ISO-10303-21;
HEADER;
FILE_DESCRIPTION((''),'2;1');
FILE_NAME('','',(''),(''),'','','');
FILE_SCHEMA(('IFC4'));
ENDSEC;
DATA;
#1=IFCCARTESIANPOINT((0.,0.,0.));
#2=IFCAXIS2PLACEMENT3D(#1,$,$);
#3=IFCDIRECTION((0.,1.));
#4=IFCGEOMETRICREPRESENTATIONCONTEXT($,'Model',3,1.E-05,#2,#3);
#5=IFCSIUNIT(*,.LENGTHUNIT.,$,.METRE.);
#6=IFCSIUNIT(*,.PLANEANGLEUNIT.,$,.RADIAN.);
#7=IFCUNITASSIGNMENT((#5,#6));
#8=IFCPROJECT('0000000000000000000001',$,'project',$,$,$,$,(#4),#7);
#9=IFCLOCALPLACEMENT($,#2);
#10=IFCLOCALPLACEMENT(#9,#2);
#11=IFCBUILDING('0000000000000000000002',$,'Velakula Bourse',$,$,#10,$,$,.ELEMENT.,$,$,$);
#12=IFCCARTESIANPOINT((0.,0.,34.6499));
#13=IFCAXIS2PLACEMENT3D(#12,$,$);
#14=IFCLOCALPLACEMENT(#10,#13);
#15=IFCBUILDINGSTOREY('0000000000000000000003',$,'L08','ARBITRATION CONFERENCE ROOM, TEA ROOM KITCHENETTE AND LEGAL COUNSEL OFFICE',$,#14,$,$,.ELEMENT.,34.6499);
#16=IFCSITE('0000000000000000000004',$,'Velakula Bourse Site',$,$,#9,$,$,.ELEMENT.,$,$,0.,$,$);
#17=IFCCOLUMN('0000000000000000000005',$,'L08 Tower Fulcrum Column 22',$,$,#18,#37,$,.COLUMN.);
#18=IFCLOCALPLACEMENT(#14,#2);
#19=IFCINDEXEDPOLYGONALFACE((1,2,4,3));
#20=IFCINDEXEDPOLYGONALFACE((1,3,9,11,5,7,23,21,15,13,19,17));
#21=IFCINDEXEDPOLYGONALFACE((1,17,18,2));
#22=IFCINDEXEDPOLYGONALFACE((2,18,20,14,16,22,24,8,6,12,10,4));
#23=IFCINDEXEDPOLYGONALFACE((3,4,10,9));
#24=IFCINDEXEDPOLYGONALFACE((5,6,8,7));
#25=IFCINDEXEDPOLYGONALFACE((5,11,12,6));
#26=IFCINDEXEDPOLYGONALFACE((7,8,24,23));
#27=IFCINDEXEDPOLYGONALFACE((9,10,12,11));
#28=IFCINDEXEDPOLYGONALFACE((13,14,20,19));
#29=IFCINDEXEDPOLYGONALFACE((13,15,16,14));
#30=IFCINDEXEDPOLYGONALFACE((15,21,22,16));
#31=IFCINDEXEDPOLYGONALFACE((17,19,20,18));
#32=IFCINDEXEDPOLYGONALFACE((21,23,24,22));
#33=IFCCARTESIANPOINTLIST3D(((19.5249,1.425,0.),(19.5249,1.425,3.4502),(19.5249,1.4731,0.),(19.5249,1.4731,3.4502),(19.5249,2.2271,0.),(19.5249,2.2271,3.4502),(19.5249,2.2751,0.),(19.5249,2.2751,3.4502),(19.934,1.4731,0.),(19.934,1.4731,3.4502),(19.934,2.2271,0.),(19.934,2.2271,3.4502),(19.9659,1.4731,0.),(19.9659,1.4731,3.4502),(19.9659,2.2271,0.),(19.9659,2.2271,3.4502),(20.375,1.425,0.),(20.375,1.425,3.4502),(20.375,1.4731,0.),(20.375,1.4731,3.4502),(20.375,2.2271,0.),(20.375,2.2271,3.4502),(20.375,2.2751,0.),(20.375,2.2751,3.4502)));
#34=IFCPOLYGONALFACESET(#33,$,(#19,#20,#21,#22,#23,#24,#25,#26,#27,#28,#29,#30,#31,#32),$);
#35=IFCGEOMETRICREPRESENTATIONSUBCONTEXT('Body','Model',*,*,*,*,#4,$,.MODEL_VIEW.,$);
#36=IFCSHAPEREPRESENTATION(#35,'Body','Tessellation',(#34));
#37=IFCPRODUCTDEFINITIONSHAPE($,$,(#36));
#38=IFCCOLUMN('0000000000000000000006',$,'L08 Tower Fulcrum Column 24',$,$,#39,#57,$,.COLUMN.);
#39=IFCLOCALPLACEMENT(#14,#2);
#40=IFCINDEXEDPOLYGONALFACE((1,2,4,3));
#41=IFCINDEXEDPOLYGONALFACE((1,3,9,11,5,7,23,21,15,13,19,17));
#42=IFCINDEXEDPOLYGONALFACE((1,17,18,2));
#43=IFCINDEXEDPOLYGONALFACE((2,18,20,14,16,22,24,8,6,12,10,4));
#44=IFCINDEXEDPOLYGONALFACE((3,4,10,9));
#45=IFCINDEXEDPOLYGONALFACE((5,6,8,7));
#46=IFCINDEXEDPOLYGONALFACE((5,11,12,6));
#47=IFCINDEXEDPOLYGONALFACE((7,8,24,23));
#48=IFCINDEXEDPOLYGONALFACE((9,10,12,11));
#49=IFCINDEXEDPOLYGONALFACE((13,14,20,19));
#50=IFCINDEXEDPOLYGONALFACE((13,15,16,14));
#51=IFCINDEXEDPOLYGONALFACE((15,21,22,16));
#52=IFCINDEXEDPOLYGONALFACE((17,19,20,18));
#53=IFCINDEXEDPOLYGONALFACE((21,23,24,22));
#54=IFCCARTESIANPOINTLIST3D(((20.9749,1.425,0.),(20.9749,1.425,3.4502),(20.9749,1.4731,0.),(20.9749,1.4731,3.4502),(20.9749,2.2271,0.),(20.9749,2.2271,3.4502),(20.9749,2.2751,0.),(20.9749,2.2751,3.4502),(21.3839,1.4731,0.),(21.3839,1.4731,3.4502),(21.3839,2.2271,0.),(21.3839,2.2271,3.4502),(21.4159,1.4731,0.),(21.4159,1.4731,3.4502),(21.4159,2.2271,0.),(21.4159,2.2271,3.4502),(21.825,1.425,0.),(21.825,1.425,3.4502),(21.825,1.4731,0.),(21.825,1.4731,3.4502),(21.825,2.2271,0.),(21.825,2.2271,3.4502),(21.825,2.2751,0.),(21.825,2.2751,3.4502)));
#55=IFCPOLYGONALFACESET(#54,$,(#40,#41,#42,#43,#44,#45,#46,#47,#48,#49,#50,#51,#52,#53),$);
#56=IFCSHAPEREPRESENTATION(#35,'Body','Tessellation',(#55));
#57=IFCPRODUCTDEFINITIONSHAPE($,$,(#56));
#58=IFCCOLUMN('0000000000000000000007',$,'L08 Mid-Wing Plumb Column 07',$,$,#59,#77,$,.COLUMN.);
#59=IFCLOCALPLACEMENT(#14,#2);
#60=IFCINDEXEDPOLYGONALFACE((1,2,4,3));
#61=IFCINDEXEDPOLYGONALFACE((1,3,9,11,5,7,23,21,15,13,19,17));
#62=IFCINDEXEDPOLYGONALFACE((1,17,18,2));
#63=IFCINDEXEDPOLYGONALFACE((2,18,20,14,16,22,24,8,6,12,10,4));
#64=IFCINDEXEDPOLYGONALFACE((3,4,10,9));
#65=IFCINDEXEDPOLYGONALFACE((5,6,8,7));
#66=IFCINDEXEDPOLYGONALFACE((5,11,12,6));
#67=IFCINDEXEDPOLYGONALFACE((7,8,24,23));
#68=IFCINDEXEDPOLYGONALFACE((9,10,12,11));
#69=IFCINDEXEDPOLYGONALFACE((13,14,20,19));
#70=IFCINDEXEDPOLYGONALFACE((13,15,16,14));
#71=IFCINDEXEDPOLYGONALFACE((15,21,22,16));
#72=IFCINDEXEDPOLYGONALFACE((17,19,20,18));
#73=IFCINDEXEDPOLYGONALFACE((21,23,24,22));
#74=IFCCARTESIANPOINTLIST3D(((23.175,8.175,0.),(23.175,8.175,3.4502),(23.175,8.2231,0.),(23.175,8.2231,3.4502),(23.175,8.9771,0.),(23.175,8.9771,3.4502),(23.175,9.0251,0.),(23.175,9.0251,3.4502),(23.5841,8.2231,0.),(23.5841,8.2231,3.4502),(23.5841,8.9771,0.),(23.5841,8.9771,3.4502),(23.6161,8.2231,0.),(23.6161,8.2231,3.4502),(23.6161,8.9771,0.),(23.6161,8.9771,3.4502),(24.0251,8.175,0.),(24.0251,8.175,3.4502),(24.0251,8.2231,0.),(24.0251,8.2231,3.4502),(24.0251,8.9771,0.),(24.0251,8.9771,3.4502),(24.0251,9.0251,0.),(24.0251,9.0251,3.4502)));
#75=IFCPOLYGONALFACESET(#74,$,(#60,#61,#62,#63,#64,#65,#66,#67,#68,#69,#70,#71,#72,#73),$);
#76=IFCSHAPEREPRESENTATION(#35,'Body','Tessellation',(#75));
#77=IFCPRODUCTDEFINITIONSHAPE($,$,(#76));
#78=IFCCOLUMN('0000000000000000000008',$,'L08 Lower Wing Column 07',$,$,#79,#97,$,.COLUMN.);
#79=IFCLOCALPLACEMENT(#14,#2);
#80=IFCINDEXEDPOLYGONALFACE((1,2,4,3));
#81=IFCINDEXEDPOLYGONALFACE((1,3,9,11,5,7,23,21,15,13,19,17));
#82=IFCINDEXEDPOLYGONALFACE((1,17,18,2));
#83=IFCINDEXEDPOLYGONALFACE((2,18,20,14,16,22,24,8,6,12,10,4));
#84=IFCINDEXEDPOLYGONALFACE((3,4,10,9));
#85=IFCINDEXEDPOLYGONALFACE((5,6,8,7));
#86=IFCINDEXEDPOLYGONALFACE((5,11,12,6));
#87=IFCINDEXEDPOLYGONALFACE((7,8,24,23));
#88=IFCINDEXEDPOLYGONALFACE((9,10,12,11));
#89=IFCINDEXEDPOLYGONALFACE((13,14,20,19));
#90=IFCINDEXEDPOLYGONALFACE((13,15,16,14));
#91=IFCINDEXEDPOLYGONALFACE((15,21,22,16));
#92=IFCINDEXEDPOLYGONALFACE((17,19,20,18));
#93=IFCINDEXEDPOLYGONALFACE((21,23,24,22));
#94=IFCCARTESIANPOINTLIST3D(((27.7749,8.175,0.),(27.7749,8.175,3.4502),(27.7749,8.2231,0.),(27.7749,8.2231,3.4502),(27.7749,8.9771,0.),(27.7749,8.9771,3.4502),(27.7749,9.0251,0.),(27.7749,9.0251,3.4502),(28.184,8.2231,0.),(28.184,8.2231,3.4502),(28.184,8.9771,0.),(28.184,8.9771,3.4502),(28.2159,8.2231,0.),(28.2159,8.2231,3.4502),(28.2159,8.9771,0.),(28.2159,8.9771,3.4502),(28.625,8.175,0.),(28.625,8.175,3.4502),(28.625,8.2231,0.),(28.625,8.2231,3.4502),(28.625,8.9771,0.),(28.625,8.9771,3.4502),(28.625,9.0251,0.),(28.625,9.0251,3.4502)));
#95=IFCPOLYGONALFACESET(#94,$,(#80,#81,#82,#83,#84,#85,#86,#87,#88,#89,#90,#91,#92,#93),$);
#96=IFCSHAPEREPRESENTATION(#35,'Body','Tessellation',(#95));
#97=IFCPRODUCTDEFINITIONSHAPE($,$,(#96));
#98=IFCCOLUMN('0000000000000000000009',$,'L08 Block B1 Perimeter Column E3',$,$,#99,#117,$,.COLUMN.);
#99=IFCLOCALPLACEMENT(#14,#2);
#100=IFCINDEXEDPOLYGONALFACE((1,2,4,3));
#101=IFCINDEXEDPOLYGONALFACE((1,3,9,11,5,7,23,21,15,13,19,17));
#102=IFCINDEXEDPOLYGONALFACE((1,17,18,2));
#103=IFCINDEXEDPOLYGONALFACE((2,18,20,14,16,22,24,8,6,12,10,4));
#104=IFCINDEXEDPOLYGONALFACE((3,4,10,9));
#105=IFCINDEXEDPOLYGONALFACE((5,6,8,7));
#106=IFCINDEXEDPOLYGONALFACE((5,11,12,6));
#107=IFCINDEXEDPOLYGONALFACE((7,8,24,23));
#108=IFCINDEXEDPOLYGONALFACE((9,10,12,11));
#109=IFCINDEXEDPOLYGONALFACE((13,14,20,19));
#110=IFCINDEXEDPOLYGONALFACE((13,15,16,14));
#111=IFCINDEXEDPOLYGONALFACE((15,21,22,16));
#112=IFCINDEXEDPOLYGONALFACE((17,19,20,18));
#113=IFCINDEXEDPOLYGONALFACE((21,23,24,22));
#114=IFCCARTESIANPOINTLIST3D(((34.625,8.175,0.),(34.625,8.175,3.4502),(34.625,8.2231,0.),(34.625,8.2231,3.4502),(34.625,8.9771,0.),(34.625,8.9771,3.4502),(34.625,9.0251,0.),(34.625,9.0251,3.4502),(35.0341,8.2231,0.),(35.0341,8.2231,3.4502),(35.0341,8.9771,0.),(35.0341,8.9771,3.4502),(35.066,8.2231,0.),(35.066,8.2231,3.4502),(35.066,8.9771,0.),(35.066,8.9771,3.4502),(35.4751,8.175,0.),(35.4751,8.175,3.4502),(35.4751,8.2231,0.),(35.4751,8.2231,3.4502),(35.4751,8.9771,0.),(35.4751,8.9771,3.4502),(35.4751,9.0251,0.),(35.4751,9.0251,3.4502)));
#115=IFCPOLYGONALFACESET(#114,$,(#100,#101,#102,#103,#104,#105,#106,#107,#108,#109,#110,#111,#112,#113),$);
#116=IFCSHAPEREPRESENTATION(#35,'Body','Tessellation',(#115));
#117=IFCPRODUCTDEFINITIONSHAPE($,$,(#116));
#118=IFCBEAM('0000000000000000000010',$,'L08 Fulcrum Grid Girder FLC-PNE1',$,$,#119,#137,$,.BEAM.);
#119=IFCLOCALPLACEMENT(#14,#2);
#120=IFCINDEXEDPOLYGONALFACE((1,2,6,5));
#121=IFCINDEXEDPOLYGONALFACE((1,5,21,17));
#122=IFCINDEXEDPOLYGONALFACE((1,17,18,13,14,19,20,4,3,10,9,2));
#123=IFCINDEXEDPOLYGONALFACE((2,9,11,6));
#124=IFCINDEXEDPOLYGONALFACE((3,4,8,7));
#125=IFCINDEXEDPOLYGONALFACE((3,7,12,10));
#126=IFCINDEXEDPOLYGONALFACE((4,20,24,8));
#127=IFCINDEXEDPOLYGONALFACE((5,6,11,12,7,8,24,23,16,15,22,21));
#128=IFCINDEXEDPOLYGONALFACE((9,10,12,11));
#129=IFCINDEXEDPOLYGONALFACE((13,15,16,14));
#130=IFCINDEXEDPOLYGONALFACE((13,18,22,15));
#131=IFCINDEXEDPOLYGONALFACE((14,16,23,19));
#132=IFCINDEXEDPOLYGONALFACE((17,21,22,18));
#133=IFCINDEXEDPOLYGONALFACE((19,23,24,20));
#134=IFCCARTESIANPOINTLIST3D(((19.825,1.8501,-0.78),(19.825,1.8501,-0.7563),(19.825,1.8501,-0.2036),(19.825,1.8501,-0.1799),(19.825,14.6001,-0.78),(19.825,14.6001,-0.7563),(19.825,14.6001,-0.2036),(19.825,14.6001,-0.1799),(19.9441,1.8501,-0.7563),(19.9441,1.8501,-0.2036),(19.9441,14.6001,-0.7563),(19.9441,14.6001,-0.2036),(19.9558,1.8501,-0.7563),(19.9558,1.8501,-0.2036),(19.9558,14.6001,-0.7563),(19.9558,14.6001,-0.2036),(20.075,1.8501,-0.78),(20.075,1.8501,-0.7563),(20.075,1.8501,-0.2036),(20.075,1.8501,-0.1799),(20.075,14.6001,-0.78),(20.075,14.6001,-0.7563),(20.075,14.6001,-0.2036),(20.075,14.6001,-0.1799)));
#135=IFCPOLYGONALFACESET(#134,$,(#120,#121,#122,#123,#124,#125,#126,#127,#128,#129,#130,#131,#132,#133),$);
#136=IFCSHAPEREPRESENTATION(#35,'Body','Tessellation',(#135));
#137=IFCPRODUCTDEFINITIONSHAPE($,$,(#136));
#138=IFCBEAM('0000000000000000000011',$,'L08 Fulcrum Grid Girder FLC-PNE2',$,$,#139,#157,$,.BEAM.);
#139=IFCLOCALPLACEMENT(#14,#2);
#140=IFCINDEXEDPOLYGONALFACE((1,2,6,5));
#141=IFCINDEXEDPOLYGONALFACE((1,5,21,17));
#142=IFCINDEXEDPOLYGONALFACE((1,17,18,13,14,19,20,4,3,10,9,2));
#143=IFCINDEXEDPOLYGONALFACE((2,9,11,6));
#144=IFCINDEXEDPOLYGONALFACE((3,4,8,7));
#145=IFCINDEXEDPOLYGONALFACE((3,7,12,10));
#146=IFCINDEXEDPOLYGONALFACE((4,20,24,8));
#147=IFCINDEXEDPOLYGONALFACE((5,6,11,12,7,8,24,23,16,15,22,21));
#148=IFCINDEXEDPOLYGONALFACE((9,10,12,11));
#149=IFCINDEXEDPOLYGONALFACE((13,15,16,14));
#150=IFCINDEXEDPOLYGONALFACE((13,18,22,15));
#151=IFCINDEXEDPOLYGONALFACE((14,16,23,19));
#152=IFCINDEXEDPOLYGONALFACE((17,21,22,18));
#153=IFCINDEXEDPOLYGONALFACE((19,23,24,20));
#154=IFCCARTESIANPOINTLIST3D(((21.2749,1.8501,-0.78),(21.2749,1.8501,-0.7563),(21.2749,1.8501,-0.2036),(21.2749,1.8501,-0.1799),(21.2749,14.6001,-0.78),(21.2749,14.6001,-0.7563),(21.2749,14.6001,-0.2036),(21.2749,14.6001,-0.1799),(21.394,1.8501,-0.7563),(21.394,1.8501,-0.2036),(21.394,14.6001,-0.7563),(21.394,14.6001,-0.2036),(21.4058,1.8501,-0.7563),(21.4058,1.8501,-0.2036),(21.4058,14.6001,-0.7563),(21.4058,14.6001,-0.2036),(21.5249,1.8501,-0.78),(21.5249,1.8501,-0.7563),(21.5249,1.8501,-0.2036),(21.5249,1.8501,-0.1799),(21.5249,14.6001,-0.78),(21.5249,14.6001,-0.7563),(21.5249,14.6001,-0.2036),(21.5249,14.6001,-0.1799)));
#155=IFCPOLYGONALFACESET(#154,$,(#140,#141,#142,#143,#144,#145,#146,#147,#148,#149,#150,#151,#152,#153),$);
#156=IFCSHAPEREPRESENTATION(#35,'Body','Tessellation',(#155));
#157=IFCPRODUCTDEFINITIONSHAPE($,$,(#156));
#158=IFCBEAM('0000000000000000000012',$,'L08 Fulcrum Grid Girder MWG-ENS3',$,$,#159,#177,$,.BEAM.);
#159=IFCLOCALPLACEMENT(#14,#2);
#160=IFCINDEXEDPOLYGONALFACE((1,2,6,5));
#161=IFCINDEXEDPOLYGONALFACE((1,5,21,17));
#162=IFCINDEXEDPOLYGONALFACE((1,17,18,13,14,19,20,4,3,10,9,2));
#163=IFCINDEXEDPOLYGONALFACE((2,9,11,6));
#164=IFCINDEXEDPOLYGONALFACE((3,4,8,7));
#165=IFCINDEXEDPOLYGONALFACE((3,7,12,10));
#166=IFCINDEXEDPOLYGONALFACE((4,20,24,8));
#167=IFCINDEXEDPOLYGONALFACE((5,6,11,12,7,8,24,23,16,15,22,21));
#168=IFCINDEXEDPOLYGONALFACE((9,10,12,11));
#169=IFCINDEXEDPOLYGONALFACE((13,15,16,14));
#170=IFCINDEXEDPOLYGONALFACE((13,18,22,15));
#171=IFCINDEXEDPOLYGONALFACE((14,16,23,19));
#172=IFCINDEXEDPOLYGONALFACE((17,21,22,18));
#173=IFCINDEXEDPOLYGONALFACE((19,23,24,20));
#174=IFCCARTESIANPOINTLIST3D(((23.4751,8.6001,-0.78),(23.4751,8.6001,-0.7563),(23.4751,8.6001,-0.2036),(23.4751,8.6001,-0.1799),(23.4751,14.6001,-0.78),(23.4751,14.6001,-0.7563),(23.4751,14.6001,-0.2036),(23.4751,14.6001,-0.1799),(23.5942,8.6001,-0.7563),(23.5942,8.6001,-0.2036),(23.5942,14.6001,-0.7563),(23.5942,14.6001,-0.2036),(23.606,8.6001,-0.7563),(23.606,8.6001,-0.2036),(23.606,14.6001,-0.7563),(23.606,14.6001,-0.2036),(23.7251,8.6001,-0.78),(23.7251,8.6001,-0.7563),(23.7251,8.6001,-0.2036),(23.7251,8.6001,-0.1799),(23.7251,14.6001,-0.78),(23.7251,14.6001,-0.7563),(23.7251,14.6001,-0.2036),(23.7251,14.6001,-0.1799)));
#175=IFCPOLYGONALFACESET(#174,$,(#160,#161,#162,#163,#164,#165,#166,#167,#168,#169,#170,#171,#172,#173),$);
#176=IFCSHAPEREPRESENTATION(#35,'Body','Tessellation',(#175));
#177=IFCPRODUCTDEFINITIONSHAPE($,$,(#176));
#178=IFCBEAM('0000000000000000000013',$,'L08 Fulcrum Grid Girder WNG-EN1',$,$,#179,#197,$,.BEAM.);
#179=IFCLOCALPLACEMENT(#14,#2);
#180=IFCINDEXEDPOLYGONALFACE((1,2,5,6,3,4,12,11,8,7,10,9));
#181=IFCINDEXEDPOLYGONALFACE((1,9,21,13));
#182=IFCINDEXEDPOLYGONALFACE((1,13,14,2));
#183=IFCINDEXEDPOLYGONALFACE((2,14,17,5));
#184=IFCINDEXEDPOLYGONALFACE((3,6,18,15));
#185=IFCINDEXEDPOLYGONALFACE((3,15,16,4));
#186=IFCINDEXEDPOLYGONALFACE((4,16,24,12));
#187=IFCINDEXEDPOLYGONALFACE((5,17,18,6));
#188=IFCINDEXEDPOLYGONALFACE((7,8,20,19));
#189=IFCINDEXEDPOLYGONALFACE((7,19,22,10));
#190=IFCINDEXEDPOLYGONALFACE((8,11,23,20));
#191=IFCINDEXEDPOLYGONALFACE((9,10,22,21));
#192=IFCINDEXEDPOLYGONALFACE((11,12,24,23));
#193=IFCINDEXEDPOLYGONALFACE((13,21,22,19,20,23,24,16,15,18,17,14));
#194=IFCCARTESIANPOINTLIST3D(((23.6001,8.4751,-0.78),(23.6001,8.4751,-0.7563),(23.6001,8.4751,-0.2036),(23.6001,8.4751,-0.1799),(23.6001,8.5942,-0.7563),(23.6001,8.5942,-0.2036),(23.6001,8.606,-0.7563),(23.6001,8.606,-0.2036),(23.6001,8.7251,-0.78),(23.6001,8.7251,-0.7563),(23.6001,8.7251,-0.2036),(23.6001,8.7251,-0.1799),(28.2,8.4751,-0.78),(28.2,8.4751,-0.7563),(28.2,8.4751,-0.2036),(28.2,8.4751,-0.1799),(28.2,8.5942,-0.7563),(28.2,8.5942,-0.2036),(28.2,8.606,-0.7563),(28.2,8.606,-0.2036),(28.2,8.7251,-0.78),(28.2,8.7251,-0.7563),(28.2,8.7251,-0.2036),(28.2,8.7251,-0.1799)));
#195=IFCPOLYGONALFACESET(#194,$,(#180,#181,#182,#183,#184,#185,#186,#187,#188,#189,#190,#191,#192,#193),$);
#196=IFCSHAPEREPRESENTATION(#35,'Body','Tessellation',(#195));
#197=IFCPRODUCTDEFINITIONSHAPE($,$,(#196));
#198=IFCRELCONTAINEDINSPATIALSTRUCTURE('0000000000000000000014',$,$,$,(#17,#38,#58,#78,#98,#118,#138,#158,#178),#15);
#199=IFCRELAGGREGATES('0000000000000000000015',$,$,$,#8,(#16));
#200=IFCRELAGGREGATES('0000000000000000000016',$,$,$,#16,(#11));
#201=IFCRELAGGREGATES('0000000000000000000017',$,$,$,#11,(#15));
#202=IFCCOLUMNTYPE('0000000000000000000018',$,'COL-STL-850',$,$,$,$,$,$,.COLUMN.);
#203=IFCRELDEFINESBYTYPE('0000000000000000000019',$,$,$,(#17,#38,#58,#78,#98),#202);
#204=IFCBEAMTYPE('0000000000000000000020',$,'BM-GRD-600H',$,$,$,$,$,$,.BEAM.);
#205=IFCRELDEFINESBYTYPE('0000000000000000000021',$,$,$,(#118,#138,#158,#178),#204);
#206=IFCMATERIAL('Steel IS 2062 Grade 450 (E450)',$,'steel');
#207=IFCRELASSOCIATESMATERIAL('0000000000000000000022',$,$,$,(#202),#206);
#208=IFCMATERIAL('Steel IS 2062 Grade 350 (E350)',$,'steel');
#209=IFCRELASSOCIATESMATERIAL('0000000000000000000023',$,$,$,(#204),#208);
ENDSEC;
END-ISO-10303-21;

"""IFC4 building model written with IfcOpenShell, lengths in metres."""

from ifc_helpers import new_model, si_unit, direction, frame, origin, origin_2d, place, context, subcontext, project, spatial, i_section, extrude, material, material_profile, profile_set, type_object, element, save


model = new_model("IFC4")

# Units and contexts
model_context = context("Model", 3, precision=1e-05, world=origin(), true_north=direction((0.0, 1.0)))
body_context = subcontext(model_context, "Body", "Model", "MODEL_VIEW")
ifc_project = project(units=[si_unit("LENGTHUNIT", "METRE"), si_unit("PLANEANGLEUNIT", "RADIAN")], contexts=[model_context])

# Site, building, storey
site_placement = place(None, origin())
site = spatial("IfcSite", under=ifc_project, at=site_placement, Name="Velakula Bourse Site", CompositionType="ELEMENT", RefElevation=0.0)
building_placement = place(site_placement, origin())
building = spatial("IfcBuilding", under=site, at=building_placement, Name="Velakula Bourse", CompositionType="ELEMENT")
storey_placement = place(building_placement, frame((0.0, 0.0, 34.6499)))
storey = spatial("IfcBuildingStorey", under=building, at=storey_placement, Name="L08", Description="ARBITRATION CONFERENCE ROOM, TEA ROOM KITCHENETTE AND LEGAL COUNSEL OFFICE", CompositionType="ELEMENT", Elevation=34.6499)

# Columns
ifc_material_1 = material(Name="Steel IS 2062 Grade 450 (E450)", Category="steel")
ifc_material_profile_1 = material_profile(ifc_material_1, i_section(OverallWidth=0.8501, OverallDepth=0.8501, WebThickness=0.032, FlangeThickness=0.0481, at=origin_2d()), Name="Steel IS 2062 Grade 450 (E450)")
ifc_profile_set_1 = profile_set([ifc_material_profile_1], Name="Steel IS 2062 Grade 450 (E450)")
column_type = type_object("IfcColumnType", Name="COL-STL-850", PredefinedType="COLUMN", material=ifc_profile_set_1)
for number, where, z_axis, x_axis, name in (
    (1, (19.95, 1.8501, 0.0), (0.0, 0.0, 1.0), (1.0, 0.0, 0.0), "L08 Tower Fulcrum Column 22"),
    (2, (21.3999, 1.8501, 0.0), (0.0, 0.0, 1.0), (1.0, 0.0, 0.0), "L08 Tower Fulcrum Column 24"),
    (3, (23.6001, 8.6001, 0.0), (0.0, 0.0, 1.0), (1.0, 0.0, 0.0), "L08 Mid-Wing Plumb Column 07"),
    (4, (28.2, 8.6001, 0.0), (0.0, 0.0, 1.0), (1.0, 0.0, 0.0), "L08 Lower Wing Column 07"),
    (5, (35.05, 8.6001, 0.0), (0.0, 0.0, 1.0), (1.0, 0.0, 0.0), "L08 Block B1 Perimeter Column E3"),
):
    element("IfcColumn", number, at=place(storey_placement, frame(where, z_axis=z_axis, x_axis=x_axis)), inside=storey, type_object=column_type, Name=name, PredefinedType="COLUMN", context=body_context, shape_type="SweptSolid", body=[
        extrude(i_section(OverallWidth=0.8501, OverallDepth=0.8501, WebThickness=0.032, FlangeThickness=0.0481, at=origin_2d()), origin(), (0.0, 0.0, 1.0), 3.4502),
    ])

# Beams
ifc_material_2 = material(Name="Steel IS 2062 Grade 350 (E350)", Category="steel")
ifc_material_profile_2 = material_profile(ifc_material_2, i_section(OverallWidth=0.25, OverallDepth=0.6001, WebThickness=0.0117, FlangeThickness=0.0237, at=origin_2d()), Name="Steel IS 2062 Grade 350 (E350)")
ifc_profile_set_2 = profile_set([ifc_material_profile_2], Name="Steel IS 2062 Grade 350 (E350)")
beam_type_1 = type_object("IfcBeamType", Name="BM-GRD-600H", PredefinedType="BEAM", material=ifc_profile_set_2)
for number, where, z_axis, x_axis, name in (
    (6, (19.95, 1.8501, -0.48), (0.0, 1.0, 0.0), (-1.0, 0.0, 0.0), "L08 Fulcrum Grid Girder FLC-PNE1"),
    (7, (21.3999, 1.8501, -0.48), (0.0, 1.0, 0.0), (-1.0, 0.0, 0.0), "L08 Fulcrum Grid Girder FLC-PNE2"),
):
    element("IfcBeam", number, at=place(storey_placement, frame(where, z_axis=z_axis, x_axis=x_axis)), inside=storey, type_object=beam_type_1, Name=name, PredefinedType="BEAM", context=body_context, shape_type="SweptSolid", body=[
        extrude(i_section(OverallWidth=0.25, OverallDepth=0.6001, WebThickness=0.0117, FlangeThickness=0.0237, at=origin_2d()), origin(), (0.0, 0.0, 1.0), 12.75),
    ])
beam_1_placement = place(storey_placement, frame((23.6001, 8.6001, -0.48), z_axis=(0.0, 1.0, 0.0), x_axis=(-1.0, 0.0, 0.0)))
element("IfcBeam", 8, at=beam_1_placement, inside=storey, type_object=beam_type_1, Name="L08 Fulcrum Grid Girder MWG-ENS3", PredefinedType="BEAM", context=body_context, shape_type="SweptSolid", body=[
    extrude(i_section(OverallWidth=0.25, OverallDepth=0.6001, WebThickness=0.0117, FlangeThickness=0.0237, at=origin_2d()), origin(), (0.0, 0.0, 1.0), 6.0),
])
beam_2_placement = place(storey_placement, frame((23.6001, 8.6001, -0.48), z_axis=(1.0, 0.0, 0.0), x_axis=(0.0, 1.0, 0.0)))
element("IfcBeam", 9, at=beam_2_placement, inside=storey, type_object=beam_type_1, Name="L08 Fulcrum Grid Girder WNG-EN1", PredefinedType="BEAM", context=body_context, shape_type="SweptSolid", body=[
    extrude(i_section(OverallWidth=0.25, OverallDepth=0.6001, WebThickness=0.0117, FlangeThickness=0.0237, at=origin_2d()), origin(), (0.0, 0.0, 1.0), 4.5999),
])

save(model, "model.ifc")
